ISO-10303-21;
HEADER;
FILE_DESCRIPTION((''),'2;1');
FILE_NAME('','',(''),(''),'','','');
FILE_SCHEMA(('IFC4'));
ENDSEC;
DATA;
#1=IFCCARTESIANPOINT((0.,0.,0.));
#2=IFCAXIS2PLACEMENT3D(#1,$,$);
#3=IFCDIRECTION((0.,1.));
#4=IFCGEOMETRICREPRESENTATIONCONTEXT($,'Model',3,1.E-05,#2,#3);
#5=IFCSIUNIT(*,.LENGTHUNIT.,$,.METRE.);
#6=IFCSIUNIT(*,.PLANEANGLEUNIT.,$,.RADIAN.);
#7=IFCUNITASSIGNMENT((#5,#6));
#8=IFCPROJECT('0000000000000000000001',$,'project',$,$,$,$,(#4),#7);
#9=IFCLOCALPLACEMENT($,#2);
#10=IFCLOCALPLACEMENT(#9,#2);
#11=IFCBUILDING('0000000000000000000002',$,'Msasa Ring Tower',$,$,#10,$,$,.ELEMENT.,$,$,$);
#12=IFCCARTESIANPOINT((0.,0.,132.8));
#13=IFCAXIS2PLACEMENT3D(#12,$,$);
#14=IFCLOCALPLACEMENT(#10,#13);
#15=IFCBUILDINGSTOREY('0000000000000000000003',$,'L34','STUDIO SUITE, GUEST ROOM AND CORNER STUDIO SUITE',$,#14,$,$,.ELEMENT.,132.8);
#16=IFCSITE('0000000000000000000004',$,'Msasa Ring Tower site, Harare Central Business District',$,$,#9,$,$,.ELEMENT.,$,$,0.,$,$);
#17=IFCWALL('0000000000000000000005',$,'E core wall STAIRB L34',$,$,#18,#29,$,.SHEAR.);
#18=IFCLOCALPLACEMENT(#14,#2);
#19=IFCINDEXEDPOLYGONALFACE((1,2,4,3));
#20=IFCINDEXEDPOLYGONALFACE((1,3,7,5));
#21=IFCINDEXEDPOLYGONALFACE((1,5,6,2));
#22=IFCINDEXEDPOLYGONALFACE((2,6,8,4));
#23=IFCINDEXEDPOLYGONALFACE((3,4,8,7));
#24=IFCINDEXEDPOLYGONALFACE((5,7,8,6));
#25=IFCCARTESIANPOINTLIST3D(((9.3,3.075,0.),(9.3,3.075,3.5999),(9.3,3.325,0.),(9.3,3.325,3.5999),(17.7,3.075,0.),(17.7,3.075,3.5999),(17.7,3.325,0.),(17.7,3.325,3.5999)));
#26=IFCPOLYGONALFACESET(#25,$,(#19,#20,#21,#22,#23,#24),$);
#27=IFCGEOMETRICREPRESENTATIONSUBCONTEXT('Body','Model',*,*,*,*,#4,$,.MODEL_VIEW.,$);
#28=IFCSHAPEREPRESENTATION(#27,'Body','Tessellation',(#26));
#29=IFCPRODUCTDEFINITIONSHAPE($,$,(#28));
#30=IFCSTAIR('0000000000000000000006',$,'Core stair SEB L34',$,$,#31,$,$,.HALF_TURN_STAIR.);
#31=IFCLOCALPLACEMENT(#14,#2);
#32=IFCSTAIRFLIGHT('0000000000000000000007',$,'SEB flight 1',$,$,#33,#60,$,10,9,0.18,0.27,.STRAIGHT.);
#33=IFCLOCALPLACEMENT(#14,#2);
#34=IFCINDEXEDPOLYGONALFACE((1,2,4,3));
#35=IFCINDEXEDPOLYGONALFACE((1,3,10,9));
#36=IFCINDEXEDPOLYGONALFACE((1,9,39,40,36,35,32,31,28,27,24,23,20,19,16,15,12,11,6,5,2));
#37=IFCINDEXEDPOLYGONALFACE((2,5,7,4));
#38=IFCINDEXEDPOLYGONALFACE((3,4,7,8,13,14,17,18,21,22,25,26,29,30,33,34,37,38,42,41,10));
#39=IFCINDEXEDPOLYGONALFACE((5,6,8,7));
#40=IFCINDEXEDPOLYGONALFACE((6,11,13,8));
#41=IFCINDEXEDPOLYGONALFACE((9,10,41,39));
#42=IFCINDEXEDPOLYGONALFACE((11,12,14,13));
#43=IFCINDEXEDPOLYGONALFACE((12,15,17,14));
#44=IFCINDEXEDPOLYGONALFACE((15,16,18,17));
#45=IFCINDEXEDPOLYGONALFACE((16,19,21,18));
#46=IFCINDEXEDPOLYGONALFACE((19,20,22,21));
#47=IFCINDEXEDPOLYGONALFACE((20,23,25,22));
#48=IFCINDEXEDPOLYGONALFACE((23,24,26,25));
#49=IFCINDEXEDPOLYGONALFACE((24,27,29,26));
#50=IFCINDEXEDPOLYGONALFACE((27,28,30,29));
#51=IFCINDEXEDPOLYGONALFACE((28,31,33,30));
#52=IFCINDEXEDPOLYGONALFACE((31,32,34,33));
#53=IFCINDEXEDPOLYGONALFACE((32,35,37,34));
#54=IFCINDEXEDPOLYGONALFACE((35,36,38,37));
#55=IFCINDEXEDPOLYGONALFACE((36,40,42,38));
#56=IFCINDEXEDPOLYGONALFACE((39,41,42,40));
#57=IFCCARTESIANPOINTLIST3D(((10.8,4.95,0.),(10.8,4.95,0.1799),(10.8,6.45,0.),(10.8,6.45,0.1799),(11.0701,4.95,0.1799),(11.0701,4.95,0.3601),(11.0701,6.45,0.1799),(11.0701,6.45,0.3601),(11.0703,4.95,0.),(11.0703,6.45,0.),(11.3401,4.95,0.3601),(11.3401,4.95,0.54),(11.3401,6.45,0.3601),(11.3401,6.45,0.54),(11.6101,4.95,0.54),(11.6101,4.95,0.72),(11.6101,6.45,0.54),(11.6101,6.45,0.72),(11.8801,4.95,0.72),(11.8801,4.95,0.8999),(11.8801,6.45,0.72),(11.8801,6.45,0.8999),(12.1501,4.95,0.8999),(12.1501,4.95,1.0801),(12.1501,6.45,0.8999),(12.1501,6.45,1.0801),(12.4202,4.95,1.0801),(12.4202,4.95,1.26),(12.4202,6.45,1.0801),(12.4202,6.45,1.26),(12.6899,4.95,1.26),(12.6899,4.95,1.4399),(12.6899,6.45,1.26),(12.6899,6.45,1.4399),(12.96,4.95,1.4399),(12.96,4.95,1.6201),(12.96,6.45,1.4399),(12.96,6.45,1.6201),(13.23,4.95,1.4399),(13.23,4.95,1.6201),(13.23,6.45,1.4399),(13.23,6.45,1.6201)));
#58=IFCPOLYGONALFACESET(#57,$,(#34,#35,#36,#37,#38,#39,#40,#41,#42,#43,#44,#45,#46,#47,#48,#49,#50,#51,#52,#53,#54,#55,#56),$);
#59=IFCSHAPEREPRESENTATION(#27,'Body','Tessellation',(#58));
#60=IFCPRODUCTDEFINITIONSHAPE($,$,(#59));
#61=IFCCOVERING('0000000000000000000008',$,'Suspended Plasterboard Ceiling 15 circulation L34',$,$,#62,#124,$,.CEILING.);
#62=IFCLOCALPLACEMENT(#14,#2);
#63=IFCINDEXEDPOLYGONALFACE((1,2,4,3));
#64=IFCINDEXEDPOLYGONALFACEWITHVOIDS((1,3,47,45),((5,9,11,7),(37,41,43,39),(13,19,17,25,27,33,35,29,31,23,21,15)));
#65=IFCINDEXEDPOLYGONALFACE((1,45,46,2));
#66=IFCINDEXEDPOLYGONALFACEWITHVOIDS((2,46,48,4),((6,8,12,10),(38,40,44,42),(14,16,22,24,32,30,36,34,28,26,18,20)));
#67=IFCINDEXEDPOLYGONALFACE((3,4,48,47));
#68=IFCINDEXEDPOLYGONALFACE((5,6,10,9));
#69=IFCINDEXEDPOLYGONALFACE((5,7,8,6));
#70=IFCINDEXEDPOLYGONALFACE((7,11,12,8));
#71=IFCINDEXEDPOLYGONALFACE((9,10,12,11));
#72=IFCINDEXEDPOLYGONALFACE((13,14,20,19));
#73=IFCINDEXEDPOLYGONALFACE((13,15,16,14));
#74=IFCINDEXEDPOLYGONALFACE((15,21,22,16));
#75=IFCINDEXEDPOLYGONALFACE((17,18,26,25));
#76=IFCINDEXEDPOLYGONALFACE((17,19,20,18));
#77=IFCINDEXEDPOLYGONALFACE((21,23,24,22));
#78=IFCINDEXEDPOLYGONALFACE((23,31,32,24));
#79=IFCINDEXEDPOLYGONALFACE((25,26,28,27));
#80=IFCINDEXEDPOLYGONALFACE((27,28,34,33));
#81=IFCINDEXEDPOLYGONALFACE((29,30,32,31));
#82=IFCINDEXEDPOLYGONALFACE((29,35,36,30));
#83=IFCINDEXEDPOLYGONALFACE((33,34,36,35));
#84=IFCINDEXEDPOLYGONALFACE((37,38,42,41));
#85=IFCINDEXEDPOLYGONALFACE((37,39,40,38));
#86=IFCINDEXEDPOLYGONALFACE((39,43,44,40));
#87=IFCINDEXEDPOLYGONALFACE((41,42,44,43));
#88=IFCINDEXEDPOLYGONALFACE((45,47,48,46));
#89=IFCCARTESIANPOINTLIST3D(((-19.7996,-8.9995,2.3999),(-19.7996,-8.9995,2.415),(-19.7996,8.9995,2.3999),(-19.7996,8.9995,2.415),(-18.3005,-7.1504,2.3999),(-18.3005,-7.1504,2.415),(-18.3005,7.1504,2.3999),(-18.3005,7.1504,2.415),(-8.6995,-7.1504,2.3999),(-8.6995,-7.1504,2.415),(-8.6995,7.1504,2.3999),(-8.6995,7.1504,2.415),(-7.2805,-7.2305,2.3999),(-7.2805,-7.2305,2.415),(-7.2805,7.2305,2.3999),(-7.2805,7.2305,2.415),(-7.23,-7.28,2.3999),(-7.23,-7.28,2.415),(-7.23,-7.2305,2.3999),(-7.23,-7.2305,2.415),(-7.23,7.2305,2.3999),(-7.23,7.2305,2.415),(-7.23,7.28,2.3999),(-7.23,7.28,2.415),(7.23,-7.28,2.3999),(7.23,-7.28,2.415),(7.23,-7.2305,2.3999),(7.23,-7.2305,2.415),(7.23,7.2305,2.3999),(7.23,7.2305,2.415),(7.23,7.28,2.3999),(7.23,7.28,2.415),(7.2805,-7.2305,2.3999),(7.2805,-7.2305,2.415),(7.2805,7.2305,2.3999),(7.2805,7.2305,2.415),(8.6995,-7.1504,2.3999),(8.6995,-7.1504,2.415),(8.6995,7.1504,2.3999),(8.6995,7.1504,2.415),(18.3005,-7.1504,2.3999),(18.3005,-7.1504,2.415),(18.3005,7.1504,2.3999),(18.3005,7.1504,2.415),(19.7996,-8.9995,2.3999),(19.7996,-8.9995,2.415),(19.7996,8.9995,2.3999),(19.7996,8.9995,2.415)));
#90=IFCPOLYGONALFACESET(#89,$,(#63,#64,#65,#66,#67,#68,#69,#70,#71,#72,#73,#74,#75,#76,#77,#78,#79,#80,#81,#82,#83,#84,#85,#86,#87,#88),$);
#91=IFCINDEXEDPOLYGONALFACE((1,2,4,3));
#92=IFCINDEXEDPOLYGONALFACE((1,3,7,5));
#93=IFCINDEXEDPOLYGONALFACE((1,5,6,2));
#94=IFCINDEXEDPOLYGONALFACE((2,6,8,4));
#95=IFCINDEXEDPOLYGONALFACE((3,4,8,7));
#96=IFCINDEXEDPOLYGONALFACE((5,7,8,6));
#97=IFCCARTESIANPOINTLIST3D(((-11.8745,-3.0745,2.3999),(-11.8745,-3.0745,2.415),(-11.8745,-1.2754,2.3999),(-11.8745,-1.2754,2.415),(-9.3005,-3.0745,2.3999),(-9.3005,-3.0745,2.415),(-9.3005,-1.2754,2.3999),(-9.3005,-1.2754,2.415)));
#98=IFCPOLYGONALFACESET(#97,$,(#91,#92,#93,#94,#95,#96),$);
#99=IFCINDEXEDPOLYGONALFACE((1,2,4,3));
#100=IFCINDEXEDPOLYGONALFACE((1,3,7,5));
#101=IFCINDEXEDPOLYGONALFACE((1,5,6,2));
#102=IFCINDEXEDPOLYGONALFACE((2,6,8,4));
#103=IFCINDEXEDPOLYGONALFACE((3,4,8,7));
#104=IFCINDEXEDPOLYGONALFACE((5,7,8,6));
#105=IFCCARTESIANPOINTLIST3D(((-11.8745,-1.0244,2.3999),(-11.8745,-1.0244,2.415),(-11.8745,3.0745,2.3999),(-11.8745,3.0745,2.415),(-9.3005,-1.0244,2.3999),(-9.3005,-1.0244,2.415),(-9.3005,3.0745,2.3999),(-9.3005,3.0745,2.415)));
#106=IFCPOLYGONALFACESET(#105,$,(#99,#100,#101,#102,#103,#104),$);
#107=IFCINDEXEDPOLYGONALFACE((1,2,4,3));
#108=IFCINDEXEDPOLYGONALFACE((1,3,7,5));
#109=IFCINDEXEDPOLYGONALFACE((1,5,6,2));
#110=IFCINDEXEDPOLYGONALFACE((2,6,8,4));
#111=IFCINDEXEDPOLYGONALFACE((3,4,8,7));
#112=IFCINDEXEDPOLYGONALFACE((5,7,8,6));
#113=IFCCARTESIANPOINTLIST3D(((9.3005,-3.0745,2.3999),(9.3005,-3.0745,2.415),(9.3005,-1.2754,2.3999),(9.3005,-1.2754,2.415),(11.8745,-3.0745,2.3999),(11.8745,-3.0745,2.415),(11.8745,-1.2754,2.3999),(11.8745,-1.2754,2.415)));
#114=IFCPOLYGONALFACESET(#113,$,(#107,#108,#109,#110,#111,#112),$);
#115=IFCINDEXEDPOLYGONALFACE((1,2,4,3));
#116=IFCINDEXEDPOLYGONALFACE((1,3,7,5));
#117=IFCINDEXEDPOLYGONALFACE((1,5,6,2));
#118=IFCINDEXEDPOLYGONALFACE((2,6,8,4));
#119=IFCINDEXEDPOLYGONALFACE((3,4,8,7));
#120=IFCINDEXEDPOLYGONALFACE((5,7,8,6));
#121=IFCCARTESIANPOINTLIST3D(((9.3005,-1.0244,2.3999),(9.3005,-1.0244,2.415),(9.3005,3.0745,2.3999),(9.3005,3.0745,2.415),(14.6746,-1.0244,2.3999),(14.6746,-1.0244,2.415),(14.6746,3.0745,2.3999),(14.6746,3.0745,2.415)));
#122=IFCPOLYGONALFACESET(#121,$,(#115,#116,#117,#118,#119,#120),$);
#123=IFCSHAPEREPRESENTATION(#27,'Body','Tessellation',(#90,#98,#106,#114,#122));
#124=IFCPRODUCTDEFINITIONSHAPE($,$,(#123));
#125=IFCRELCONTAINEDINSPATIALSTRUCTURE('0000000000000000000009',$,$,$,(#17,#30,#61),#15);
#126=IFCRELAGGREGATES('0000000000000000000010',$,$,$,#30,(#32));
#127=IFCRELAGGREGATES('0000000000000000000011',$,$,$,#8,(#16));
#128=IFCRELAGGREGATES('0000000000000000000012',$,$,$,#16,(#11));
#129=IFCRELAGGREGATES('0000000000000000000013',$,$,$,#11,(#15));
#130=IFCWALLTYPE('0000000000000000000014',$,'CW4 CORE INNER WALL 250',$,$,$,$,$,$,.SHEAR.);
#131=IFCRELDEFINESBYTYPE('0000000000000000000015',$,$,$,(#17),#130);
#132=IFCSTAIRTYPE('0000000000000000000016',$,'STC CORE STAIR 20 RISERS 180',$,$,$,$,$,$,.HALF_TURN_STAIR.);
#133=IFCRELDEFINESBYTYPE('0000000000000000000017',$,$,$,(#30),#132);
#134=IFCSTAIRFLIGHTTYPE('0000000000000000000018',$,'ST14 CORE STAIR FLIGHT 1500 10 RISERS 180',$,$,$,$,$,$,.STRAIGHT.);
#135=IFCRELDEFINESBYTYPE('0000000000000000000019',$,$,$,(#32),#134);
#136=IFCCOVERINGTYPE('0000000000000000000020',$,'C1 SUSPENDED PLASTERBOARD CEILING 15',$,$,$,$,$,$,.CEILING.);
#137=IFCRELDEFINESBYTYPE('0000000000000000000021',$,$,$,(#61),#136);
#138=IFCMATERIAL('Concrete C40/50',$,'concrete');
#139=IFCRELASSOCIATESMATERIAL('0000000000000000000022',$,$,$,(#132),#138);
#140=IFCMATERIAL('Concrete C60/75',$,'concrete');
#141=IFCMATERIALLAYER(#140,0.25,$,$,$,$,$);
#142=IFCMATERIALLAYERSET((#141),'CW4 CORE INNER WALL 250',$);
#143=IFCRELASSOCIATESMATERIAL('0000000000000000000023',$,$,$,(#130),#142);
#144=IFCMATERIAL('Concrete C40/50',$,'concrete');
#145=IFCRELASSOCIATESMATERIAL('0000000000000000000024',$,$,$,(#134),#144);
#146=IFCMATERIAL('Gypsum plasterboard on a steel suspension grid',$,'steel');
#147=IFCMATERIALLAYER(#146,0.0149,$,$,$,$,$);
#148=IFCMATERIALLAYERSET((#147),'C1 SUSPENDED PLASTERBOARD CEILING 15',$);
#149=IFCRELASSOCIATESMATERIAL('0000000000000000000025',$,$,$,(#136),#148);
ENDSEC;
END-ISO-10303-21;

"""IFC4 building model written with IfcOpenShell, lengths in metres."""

from ifc_helpers import new_model, si_unit, direction, frame, frame_2d, origin, place, context, subcontext, project, spatial, polyline, line, indexed_curve, rectangle, outline, extrude, material, layer, layer_set, type_object, element, aggregate, save


model = new_model("IFC4")

# Units and contexts
model_context = context("Model", 3, precision=1e-05, world=origin(), true_north=direction((0.0, 1.0)))
body_context = subcontext(model_context, "Body", "Model", "MODEL_VIEW")
ifc_project = project(units=[si_unit("LENGTHUNIT", "METRE"), si_unit("PLANEANGLEUNIT", "RADIAN")], contexts=[model_context])

# Site, building, storey
site_placement = place(None, origin())
site = spatial("IfcSite", under=ifc_project, at=site_placement, Name="Msasa Ring Tower site, Harare Central Business District", CompositionType="ELEMENT", RefElevation=0.0)
building_placement = place(site_placement, origin())
building = spatial("IfcBuilding", under=site, at=building_placement, Name="Msasa Ring Tower", CompositionType="ELEMENT")
storey_placement = place(building_placement, frame((0.0, 0.0, 132.8)))
storey = spatial("IfcBuildingStorey", under=building, at=storey_placement, Name="L34", Description="STUDIO SUITE, GUEST ROOM AND CORNER STUDIO SUITE", CompositionType="ELEMENT", Elevation=132.8)

# Shared definitions
ifc_material_1 = material(Name="Concrete C40/50", Category="concrete")
stair_type = type_object("IfcStairType", Name="STC CORE STAIR 20 RISERS 180", PredefinedType="HALF_TURN_STAIR", material=ifc_material_1)

# Wall
ifc_material_2 = material(Name="Concrete C60/75", Category="concrete")
ifc_layer_1 = layer(ifc_material_2, 0.25)
ifc_layer_set_1 = layer_set([ifc_layer_1], Name="CW4 CORE INNER WALL 250")
wall_type = type_object("IfcWallType", Name="CW4 CORE INNER WALL 250", PredefinedType="SHEAR", material=ifc_layer_set_1)
wall_placement = place(storey_placement, frame((9.3, 3.2, 0.0), z_axis=(0.0, 0.0, 1.0), x_axis=(1.0, 0.0, 0.0)))
element("IfcWall", 1, at=wall_placement, inside=storey, type_object=wall_type, Name="E core wall STAIRB L34", PredefinedType="SHEAR", context=body_context, shape_type="SweptSolid", body=[
    extrude(rectangle(XDim=8.3999, YDim=0.25, at=frame_2d((4.2, 0.0))), origin(), (0.0, 0.0, 1.0), 3.5999),
])

# Stair, stair flight
stair_1_placement = place(storey_placement, origin())
stair_1 = element("IfcStair", 2, at=stair_1_placement, inside=storey, type_object=stair_type, Name="Core stair SEB L34", PredefinedType="HALF_TURN_STAIR")
ifc_material_3 = material(Name="Concrete C40/50", Category="concrete")
stair_flight_type = type_object("IfcStairFlightType", Name="ST14 CORE STAIR FLIGHT 1500 10 RISERS 180", PredefinedType="STRAIGHT", material=ifc_material_3)
stair_flight_placement = place(storey_placement, frame((10.8, 5.7, 0.0), z_axis=(0.0, 0.0, 1.0), x_axis=(1.0, 0.0, 0.0)))
stair_flight = element("IfcStairFlight", 3, at=stair_flight_placement, type_object=stair_flight_type, Name="SEB flight 1", NumberOfRisers=10, NumberOfTreads=9, PredefinedType="STRAIGHT", RiserHeight=0.18, TreadLength=0.27, context=body_context, shape_type="SweptSolid", body=[
    extrude(outline(polyline([(0.0, 0.0), (0.0, 0.1799), (0.27, 0.1799), (0.27, 0.3601), (0.54, 0.3601), (0.54, 0.54), (0.8101, 0.54), (0.8101, 0.72), (1.0801, 0.72), (1.0801, 0.8999), (1.3501, 0.8999), (1.3501, 1.0801), (1.6201, 1.0801), (1.6201, 1.26), (1.8899, 1.26), (1.8899, 1.4399), (2.1599, 1.4399), (2.1599, 1.6201), (2.4299, 1.6201), (2.4299, 1.8), (2.4299, 1.4399), (0.2703, 0.0), (0.0, 0.0)])), frame((0.0, 0.75, 0.0), z_axis=(0.0, -1.0, 0.0), x_axis=(1.0, 0.0, 0.0)), (0.0, 0.0, 1.0), 1.5),
])
aggregate(stair_1, [stair_flight])

# Covering
ifc_material_4 = material(Name="Gypsum plasterboard on a steel suspension grid", Category="steel")
ifc_layer_2 = layer(ifc_material_4, 0.0149)
ifc_layer_set_2 = layer_set([ifc_layer_2], Name="C1 SUSPENDED PLASTERBOARD CEILING 15")
covering_type_1 = type_object("IfcCoveringType", Name="C1 SUSPENDED PLASTERBOARD CEILING 15", PredefinedType="CEILING", material=ifc_layer_set_2)
covering_1_placement = place(storey_placement, frame((0.0, 0.0, 2.3999)))
element("IfcCovering", 4, at=covering_1_placement, inside=storey, type_object=covering_type_1, Name="Suspended Plasterboard Ceiling 15 circulation L34", PredefinedType="CEILING", context=body_context, shape_type="SweptSolid", body=[
    extrude(outline(indexed_curve([(19.7996, 8.9995), (19.7996, -8.9995), (-19.7996, -8.9995), (-19.7996, 8.9995)], segments=[line(1, 2, 3, 4, 1)], self_intersect=False), holes=[indexed_curve([(18.3005, -7.1504), (18.3005, 7.1504), (8.6995, 7.1504), (8.6995, -7.1504)], segments=[line(1, 2, 3, 4, 1)], self_intersect=False), indexed_curve([(-8.6995, -7.1504), (-8.6995, 7.1504), (-18.3005, 7.1504), (-18.3005, -7.1504)], segments=[line(1, 2, 3, 4, 1)], self_intersect=False), indexed_curve([(-7.2805, 7.2305), (-7.2805, -7.2305), (-7.23, -7.2305), (-7.23, -7.28), (7.23, -7.28), (7.23, -7.2305), (7.2805, -7.2305), (7.2805, 7.2305), (7.23, 7.2305), (7.23, 7.28), (-7.23, 7.28), (-7.23, 7.2305)], segments=[line(1, 2, 3, 4, 5, 6, 7, 8, 9, 10, 11, 12, 1)], self_intersect=False)]), origin(), (0.0, 0.0, 1.0), 0.0151),
    extrude(outline(indexed_curve([(-9.3005, -3.0745), (-11.8745, -3.0745), (-11.8745, -1.2754), (-9.3005, -1.2754)], segments=[line(1, 2, 3, 4, 1)], self_intersect=False)), origin(), (0.0, 0.0, 1.0), 0.0151),
    extrude(outline(indexed_curve([(-11.8745, -1.0244), (-11.8745, 3.0745), (-9.3005, 3.0745), (-9.3005, -1.0244)], segments=[line(1, 2, 3, 4, 1)], self_intersect=False)), origin(), (0.0, 0.0, 1.0), 0.0151),
    extrude(outline(indexed_curve([(11.8745, -3.0745), (9.3005, -3.0745), (9.3005, -1.2754), (11.8745, -1.2754)], segments=[line(1, 2, 3, 4, 1)], self_intersect=False)), origin(), (0.0, 0.0, 1.0), 0.0151),
    extrude(outline(indexed_curve([(9.3005, -1.0244), (9.3005, 3.0745), (14.6746, 3.0745), (14.6746, -1.0244)], segments=[line(1, 2, 3, 4, 1)], self_intersect=False)), origin(), (0.0, 0.0, 1.0), 0.0151),
])

save(model, "model.ifc")
